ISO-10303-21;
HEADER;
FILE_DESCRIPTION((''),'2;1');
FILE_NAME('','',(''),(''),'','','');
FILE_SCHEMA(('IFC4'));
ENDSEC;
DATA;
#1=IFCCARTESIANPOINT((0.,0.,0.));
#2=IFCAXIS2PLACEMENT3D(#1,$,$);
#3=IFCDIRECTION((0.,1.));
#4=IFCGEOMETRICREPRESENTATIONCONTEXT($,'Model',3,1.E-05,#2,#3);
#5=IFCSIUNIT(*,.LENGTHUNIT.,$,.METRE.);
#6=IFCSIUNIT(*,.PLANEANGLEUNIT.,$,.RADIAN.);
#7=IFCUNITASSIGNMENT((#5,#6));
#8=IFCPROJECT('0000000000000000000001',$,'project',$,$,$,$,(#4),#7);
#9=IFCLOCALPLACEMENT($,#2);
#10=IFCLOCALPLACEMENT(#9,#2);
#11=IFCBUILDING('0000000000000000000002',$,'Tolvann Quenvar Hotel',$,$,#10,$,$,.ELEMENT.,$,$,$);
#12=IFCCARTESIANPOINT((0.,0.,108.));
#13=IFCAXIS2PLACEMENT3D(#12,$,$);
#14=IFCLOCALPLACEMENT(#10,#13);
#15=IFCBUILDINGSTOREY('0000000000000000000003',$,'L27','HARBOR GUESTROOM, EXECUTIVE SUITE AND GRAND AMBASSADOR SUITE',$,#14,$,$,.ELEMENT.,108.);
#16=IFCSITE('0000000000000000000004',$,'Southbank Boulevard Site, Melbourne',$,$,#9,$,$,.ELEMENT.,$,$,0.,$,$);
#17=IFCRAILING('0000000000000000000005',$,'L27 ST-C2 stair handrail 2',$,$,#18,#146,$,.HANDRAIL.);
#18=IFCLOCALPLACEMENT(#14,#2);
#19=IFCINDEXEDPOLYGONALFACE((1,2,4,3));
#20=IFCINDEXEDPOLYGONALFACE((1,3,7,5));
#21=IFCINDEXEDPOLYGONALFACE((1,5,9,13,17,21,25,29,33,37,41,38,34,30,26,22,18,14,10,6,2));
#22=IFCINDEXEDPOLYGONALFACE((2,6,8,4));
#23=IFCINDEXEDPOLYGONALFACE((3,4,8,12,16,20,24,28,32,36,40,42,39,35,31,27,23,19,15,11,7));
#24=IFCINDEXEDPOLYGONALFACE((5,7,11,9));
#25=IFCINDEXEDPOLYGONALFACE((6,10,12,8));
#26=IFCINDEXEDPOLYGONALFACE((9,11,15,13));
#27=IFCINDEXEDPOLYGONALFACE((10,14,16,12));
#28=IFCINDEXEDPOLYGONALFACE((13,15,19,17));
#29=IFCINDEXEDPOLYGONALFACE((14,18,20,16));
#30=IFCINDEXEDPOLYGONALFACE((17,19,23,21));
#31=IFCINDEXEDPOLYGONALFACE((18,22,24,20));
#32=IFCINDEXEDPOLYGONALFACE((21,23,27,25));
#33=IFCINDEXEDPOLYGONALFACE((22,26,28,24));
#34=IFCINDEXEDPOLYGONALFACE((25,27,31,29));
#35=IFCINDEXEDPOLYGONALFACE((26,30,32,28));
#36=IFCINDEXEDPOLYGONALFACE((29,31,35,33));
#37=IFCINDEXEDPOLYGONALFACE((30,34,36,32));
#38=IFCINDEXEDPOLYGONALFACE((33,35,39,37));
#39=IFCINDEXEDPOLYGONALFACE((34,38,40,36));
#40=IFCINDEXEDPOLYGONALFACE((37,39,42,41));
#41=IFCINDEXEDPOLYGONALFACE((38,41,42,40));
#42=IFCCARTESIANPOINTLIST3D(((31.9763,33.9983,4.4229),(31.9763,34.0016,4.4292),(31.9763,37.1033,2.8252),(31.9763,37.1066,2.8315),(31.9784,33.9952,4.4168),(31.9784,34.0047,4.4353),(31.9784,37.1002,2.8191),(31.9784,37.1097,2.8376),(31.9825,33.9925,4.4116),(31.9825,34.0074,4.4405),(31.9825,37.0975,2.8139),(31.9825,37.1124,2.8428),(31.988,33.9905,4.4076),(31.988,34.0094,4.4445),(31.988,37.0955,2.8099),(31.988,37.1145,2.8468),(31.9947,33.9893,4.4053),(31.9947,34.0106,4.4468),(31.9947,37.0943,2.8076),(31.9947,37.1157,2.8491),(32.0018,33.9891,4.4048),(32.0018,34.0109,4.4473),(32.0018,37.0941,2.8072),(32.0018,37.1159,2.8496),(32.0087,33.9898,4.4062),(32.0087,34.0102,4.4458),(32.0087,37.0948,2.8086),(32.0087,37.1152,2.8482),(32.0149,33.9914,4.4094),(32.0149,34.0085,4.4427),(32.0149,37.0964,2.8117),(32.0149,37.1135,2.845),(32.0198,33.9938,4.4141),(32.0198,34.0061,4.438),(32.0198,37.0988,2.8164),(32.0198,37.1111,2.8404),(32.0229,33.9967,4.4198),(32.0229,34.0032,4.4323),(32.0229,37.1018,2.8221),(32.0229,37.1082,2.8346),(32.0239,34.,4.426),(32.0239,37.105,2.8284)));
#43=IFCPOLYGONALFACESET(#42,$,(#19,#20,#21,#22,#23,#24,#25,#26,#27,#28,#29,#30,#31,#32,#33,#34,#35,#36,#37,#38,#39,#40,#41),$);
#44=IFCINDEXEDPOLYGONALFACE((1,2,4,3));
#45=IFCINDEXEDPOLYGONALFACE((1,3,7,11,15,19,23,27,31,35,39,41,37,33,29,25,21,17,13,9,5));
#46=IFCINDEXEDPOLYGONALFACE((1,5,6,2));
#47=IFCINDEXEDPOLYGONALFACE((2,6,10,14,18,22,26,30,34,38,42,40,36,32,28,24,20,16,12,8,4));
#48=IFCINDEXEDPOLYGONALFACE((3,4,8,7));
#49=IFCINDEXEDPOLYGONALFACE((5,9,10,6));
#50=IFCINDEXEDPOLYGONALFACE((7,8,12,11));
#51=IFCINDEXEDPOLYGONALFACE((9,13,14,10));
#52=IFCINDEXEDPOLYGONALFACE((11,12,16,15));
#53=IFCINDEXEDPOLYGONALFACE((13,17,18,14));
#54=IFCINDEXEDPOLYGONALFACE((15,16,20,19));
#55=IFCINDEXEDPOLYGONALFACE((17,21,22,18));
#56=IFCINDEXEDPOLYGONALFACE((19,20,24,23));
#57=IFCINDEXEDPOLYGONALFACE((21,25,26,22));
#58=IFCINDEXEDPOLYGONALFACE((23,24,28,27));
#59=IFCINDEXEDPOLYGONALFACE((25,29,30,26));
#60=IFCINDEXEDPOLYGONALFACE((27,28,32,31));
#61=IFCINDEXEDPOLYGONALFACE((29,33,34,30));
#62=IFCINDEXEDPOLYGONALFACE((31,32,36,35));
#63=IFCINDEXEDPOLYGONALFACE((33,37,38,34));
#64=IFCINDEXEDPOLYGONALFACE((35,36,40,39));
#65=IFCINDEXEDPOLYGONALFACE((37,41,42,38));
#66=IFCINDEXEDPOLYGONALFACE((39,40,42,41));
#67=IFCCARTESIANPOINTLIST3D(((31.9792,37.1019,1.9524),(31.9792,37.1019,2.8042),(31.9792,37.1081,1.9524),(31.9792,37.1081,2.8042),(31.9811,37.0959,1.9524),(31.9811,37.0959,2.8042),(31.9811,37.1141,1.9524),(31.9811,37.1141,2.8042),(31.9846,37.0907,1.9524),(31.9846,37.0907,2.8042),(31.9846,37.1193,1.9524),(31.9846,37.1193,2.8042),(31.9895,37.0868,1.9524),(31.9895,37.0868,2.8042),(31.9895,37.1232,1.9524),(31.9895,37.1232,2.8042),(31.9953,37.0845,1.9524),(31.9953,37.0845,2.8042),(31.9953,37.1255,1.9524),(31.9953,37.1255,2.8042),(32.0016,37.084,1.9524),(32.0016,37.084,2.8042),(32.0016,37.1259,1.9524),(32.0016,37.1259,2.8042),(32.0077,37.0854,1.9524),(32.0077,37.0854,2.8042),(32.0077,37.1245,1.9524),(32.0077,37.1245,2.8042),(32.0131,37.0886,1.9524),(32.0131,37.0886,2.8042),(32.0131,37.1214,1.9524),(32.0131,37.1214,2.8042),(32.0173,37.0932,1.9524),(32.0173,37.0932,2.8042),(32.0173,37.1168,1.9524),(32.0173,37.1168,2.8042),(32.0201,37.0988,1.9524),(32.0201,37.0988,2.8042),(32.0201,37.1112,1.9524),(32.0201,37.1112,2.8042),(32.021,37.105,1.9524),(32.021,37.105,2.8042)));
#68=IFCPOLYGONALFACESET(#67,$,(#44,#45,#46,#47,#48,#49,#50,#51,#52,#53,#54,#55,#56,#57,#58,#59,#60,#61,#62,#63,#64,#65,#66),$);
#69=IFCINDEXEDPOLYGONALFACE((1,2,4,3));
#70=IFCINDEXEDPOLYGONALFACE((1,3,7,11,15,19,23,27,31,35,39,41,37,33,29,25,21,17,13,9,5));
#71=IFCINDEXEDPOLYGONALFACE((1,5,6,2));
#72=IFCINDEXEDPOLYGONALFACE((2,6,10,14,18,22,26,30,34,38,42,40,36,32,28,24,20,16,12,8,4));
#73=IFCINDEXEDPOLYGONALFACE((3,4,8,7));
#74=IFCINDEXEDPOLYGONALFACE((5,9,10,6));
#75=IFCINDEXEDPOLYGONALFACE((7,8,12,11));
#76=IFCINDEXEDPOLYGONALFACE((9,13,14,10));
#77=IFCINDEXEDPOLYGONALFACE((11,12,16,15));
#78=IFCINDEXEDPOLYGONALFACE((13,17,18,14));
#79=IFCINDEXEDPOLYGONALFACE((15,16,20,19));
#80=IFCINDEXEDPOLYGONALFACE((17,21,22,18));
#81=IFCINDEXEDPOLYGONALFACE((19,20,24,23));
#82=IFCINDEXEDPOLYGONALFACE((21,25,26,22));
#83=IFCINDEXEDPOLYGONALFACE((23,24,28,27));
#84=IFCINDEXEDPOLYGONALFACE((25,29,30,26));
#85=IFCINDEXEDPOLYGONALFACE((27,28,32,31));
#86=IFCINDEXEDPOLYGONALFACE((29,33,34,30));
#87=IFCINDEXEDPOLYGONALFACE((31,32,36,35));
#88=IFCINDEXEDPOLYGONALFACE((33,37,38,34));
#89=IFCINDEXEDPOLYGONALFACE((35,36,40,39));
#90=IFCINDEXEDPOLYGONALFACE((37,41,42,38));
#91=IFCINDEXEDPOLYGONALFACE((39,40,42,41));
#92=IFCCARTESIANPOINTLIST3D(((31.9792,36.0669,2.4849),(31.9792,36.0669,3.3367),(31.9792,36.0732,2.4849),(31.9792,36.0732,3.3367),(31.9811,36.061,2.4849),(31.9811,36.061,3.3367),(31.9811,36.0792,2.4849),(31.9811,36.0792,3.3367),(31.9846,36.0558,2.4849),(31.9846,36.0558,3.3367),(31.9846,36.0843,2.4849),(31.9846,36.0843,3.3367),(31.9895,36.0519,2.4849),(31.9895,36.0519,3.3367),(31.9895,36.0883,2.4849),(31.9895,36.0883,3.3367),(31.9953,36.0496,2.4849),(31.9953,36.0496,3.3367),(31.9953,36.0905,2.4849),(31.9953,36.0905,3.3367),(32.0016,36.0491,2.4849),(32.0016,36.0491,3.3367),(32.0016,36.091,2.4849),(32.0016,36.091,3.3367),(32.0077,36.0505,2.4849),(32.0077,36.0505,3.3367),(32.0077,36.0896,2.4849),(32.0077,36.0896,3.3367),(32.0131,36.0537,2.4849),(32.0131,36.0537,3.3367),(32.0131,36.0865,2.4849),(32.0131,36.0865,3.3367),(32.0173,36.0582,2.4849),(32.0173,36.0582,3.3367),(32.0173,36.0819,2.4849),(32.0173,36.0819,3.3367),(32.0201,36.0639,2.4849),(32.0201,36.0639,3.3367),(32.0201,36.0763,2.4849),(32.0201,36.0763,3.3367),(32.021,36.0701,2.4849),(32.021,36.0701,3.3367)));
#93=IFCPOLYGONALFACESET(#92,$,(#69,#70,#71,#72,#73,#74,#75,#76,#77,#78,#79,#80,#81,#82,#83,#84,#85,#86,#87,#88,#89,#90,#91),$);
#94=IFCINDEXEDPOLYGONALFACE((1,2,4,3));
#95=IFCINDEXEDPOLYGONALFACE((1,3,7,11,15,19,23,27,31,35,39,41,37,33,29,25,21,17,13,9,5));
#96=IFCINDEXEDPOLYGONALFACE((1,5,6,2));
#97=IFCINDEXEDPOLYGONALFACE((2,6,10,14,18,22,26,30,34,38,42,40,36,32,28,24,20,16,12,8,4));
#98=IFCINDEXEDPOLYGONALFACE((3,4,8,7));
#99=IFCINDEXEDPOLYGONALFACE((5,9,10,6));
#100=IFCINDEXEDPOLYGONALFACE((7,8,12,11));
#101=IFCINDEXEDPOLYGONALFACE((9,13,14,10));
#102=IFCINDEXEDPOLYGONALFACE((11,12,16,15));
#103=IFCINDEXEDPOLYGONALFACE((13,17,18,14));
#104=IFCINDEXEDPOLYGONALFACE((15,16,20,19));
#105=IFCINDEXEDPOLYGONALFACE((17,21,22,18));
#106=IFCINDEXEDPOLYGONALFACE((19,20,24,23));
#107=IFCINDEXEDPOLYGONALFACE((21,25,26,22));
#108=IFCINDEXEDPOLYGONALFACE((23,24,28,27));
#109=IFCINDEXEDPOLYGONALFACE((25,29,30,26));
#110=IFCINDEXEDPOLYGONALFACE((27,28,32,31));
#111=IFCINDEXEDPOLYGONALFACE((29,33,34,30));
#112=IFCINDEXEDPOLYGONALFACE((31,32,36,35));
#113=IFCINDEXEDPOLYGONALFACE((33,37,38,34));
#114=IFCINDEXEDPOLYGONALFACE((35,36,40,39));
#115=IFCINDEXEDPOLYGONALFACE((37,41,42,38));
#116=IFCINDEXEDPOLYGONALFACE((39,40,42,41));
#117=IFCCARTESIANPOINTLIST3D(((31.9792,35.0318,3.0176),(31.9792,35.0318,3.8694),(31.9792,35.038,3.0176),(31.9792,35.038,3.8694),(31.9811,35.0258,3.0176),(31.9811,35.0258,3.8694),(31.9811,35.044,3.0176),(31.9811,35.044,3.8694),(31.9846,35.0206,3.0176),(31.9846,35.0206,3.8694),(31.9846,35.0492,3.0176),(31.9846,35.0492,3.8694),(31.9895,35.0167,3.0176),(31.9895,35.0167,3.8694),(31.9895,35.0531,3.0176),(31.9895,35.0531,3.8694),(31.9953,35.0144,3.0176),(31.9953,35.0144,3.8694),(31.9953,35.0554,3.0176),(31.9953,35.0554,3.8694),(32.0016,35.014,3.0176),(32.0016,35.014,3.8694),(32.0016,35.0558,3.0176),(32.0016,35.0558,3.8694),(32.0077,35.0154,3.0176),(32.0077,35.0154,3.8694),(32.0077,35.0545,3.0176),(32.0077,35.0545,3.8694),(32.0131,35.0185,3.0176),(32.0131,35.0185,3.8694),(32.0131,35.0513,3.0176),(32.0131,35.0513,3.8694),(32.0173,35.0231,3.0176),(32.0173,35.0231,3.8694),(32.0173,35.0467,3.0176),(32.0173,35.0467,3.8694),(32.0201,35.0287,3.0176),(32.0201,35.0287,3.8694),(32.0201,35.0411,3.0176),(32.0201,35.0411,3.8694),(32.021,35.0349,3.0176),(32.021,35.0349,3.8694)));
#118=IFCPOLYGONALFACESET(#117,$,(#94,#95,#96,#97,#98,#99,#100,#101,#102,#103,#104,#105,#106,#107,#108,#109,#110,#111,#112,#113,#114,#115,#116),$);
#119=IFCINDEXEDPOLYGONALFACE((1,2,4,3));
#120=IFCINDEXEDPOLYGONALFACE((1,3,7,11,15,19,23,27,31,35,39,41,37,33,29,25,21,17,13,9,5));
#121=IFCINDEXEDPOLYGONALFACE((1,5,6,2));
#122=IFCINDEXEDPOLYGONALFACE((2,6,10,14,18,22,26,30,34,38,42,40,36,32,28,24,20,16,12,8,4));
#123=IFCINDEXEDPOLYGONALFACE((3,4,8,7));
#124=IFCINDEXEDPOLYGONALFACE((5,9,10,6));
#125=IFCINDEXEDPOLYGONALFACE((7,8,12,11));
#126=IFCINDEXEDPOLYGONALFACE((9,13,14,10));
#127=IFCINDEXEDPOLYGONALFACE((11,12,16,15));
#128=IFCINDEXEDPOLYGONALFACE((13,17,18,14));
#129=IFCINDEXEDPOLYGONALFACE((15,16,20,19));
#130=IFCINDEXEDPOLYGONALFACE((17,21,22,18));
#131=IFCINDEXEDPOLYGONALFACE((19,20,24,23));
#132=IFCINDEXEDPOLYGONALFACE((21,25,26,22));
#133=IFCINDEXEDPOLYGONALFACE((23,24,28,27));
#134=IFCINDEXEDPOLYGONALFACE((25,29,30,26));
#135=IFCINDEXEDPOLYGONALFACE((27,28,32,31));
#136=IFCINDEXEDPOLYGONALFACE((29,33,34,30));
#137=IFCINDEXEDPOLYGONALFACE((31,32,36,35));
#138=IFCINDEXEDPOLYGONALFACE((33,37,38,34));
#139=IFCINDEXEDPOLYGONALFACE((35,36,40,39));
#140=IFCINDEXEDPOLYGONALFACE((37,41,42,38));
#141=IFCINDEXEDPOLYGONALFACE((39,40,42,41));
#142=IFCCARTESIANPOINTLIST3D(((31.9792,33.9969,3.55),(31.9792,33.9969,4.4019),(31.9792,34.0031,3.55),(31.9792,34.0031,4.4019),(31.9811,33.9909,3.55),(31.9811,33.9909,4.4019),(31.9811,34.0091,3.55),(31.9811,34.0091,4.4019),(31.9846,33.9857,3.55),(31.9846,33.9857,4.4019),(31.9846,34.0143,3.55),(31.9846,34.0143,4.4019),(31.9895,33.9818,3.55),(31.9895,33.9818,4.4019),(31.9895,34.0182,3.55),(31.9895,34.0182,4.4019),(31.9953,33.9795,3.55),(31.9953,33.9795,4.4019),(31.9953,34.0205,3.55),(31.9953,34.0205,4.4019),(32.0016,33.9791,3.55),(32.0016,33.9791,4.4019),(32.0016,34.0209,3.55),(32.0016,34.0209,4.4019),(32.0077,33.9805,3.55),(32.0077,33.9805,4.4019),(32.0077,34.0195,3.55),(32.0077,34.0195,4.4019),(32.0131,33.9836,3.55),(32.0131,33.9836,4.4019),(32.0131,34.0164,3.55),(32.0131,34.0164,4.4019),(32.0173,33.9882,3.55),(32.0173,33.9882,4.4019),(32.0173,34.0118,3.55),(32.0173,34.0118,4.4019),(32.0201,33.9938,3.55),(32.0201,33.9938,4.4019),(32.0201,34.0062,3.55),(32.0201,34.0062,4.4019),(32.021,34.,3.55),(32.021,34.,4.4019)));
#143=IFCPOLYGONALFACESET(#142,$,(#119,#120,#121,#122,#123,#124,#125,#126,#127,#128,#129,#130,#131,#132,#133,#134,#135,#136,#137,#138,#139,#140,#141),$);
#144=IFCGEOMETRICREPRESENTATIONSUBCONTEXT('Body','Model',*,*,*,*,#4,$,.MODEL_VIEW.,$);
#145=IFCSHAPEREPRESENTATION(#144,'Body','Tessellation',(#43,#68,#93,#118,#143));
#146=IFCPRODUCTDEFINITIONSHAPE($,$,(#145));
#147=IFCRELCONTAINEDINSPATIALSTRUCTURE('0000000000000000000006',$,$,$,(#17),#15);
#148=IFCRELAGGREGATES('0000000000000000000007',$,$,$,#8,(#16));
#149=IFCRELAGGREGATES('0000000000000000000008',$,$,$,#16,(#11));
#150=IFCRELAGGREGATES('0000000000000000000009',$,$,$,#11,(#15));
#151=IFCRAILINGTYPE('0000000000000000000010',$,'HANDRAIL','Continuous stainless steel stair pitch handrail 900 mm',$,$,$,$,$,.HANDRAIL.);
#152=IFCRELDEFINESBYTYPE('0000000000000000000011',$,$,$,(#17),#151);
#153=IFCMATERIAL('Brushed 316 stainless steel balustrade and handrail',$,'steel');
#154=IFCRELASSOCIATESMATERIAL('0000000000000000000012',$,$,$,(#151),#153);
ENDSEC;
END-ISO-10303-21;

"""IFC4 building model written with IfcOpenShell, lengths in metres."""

from ifc_helpers import new_model, si_unit, direction, frame, origin, origin_2d, place, context, subcontext, project, spatial, circle, extrude, material, type_object, element, save


model = new_model("IFC4")

# Units and contexts
model_context = context("Model", 3, precision=1e-05, world=origin(), true_north=direction((0.0, 1.0)))
body_context = subcontext(model_context, "Body", "Model", "MODEL_VIEW")
ifc_project = project(units=[si_unit("LENGTHUNIT", "METRE"), si_unit("PLANEANGLEUNIT", "RADIAN")], contexts=[model_context])

# Site, building, storey
site_placement = place(None, origin())
site = spatial("IfcSite", under=ifc_project, at=site_placement, Name="Southbank Boulevard Site, Melbourne", CompositionType="ELEMENT", RefElevation=0.0)
building_placement = place(site_placement, origin())
building = spatial("IfcBuilding", under=site, at=building_placement, Name="Tolvann Quenvar Hotel", CompositionType="ELEMENT")
storey_placement = place(building_placement, frame((0.0, 0.0, 108.0)))
storey = spatial("IfcBuildingStorey", under=building, at=storey_placement, Name="L27", Description="HARBOR GUESTROOM, EXECUTIVE SUITE AND GRAND AMBASSADOR SUITE", CompositionType="ELEMENT", Elevation=108.0)

# Railing
ifc_material_1 = material(Name="Brushed 316 stainless steel balustrade and handrail", Category="steel")
railing_type_1 = type_object("IfcRailingType", Name="HANDRAIL", Description="Continuous stainless steel stair pitch handrail 900 mm", PredefinedType="HANDRAIL", material=ifc_material_1)
railing_1_placement = place(storey_placement, frame((32.0, 37.105, 1.9524)))
element("IfcRailing", 1, at=railing_1_placement, inside=storey, type_object=railing_type_1, Name="L27 ST-C2 stair handrail 2", PredefinedType="HANDRAIL", context=body_context, shape_type="SweptSolid", body=[
    extrude(circle(Radius=0.0239, at=origin_2d()), frame((0.0, 0.0, 0.876), z_axis=(0.0, -0.889194, 0.457531), x_axis=(1.0, 0.0, 0.0)), (0.0, 0.0, 1.0), 3.4919),
    extrude(circle(Radius=0.021, at=origin_2d()), origin(), (0.0, 0.0, 1.0), 0.8518),
    extrude(circle(Radius=0.021, at=origin_2d()), frame((0.0, -1.0349, 0.5325)), (0.0, 0.0, 1.0), 0.8518),
    extrude(circle(Radius=0.021, at=origin_2d()), frame((0.0, -2.0701, 1.0652)), (0.0, 0.0, 1.0), 0.8518),
    extrude(circle(Radius=0.021, at=origin_2d()), frame((0.0, -3.105, 1.5977)), (0.0, 0.0, 1.0), 0.8518),
])

save(model, "model.ifc")
